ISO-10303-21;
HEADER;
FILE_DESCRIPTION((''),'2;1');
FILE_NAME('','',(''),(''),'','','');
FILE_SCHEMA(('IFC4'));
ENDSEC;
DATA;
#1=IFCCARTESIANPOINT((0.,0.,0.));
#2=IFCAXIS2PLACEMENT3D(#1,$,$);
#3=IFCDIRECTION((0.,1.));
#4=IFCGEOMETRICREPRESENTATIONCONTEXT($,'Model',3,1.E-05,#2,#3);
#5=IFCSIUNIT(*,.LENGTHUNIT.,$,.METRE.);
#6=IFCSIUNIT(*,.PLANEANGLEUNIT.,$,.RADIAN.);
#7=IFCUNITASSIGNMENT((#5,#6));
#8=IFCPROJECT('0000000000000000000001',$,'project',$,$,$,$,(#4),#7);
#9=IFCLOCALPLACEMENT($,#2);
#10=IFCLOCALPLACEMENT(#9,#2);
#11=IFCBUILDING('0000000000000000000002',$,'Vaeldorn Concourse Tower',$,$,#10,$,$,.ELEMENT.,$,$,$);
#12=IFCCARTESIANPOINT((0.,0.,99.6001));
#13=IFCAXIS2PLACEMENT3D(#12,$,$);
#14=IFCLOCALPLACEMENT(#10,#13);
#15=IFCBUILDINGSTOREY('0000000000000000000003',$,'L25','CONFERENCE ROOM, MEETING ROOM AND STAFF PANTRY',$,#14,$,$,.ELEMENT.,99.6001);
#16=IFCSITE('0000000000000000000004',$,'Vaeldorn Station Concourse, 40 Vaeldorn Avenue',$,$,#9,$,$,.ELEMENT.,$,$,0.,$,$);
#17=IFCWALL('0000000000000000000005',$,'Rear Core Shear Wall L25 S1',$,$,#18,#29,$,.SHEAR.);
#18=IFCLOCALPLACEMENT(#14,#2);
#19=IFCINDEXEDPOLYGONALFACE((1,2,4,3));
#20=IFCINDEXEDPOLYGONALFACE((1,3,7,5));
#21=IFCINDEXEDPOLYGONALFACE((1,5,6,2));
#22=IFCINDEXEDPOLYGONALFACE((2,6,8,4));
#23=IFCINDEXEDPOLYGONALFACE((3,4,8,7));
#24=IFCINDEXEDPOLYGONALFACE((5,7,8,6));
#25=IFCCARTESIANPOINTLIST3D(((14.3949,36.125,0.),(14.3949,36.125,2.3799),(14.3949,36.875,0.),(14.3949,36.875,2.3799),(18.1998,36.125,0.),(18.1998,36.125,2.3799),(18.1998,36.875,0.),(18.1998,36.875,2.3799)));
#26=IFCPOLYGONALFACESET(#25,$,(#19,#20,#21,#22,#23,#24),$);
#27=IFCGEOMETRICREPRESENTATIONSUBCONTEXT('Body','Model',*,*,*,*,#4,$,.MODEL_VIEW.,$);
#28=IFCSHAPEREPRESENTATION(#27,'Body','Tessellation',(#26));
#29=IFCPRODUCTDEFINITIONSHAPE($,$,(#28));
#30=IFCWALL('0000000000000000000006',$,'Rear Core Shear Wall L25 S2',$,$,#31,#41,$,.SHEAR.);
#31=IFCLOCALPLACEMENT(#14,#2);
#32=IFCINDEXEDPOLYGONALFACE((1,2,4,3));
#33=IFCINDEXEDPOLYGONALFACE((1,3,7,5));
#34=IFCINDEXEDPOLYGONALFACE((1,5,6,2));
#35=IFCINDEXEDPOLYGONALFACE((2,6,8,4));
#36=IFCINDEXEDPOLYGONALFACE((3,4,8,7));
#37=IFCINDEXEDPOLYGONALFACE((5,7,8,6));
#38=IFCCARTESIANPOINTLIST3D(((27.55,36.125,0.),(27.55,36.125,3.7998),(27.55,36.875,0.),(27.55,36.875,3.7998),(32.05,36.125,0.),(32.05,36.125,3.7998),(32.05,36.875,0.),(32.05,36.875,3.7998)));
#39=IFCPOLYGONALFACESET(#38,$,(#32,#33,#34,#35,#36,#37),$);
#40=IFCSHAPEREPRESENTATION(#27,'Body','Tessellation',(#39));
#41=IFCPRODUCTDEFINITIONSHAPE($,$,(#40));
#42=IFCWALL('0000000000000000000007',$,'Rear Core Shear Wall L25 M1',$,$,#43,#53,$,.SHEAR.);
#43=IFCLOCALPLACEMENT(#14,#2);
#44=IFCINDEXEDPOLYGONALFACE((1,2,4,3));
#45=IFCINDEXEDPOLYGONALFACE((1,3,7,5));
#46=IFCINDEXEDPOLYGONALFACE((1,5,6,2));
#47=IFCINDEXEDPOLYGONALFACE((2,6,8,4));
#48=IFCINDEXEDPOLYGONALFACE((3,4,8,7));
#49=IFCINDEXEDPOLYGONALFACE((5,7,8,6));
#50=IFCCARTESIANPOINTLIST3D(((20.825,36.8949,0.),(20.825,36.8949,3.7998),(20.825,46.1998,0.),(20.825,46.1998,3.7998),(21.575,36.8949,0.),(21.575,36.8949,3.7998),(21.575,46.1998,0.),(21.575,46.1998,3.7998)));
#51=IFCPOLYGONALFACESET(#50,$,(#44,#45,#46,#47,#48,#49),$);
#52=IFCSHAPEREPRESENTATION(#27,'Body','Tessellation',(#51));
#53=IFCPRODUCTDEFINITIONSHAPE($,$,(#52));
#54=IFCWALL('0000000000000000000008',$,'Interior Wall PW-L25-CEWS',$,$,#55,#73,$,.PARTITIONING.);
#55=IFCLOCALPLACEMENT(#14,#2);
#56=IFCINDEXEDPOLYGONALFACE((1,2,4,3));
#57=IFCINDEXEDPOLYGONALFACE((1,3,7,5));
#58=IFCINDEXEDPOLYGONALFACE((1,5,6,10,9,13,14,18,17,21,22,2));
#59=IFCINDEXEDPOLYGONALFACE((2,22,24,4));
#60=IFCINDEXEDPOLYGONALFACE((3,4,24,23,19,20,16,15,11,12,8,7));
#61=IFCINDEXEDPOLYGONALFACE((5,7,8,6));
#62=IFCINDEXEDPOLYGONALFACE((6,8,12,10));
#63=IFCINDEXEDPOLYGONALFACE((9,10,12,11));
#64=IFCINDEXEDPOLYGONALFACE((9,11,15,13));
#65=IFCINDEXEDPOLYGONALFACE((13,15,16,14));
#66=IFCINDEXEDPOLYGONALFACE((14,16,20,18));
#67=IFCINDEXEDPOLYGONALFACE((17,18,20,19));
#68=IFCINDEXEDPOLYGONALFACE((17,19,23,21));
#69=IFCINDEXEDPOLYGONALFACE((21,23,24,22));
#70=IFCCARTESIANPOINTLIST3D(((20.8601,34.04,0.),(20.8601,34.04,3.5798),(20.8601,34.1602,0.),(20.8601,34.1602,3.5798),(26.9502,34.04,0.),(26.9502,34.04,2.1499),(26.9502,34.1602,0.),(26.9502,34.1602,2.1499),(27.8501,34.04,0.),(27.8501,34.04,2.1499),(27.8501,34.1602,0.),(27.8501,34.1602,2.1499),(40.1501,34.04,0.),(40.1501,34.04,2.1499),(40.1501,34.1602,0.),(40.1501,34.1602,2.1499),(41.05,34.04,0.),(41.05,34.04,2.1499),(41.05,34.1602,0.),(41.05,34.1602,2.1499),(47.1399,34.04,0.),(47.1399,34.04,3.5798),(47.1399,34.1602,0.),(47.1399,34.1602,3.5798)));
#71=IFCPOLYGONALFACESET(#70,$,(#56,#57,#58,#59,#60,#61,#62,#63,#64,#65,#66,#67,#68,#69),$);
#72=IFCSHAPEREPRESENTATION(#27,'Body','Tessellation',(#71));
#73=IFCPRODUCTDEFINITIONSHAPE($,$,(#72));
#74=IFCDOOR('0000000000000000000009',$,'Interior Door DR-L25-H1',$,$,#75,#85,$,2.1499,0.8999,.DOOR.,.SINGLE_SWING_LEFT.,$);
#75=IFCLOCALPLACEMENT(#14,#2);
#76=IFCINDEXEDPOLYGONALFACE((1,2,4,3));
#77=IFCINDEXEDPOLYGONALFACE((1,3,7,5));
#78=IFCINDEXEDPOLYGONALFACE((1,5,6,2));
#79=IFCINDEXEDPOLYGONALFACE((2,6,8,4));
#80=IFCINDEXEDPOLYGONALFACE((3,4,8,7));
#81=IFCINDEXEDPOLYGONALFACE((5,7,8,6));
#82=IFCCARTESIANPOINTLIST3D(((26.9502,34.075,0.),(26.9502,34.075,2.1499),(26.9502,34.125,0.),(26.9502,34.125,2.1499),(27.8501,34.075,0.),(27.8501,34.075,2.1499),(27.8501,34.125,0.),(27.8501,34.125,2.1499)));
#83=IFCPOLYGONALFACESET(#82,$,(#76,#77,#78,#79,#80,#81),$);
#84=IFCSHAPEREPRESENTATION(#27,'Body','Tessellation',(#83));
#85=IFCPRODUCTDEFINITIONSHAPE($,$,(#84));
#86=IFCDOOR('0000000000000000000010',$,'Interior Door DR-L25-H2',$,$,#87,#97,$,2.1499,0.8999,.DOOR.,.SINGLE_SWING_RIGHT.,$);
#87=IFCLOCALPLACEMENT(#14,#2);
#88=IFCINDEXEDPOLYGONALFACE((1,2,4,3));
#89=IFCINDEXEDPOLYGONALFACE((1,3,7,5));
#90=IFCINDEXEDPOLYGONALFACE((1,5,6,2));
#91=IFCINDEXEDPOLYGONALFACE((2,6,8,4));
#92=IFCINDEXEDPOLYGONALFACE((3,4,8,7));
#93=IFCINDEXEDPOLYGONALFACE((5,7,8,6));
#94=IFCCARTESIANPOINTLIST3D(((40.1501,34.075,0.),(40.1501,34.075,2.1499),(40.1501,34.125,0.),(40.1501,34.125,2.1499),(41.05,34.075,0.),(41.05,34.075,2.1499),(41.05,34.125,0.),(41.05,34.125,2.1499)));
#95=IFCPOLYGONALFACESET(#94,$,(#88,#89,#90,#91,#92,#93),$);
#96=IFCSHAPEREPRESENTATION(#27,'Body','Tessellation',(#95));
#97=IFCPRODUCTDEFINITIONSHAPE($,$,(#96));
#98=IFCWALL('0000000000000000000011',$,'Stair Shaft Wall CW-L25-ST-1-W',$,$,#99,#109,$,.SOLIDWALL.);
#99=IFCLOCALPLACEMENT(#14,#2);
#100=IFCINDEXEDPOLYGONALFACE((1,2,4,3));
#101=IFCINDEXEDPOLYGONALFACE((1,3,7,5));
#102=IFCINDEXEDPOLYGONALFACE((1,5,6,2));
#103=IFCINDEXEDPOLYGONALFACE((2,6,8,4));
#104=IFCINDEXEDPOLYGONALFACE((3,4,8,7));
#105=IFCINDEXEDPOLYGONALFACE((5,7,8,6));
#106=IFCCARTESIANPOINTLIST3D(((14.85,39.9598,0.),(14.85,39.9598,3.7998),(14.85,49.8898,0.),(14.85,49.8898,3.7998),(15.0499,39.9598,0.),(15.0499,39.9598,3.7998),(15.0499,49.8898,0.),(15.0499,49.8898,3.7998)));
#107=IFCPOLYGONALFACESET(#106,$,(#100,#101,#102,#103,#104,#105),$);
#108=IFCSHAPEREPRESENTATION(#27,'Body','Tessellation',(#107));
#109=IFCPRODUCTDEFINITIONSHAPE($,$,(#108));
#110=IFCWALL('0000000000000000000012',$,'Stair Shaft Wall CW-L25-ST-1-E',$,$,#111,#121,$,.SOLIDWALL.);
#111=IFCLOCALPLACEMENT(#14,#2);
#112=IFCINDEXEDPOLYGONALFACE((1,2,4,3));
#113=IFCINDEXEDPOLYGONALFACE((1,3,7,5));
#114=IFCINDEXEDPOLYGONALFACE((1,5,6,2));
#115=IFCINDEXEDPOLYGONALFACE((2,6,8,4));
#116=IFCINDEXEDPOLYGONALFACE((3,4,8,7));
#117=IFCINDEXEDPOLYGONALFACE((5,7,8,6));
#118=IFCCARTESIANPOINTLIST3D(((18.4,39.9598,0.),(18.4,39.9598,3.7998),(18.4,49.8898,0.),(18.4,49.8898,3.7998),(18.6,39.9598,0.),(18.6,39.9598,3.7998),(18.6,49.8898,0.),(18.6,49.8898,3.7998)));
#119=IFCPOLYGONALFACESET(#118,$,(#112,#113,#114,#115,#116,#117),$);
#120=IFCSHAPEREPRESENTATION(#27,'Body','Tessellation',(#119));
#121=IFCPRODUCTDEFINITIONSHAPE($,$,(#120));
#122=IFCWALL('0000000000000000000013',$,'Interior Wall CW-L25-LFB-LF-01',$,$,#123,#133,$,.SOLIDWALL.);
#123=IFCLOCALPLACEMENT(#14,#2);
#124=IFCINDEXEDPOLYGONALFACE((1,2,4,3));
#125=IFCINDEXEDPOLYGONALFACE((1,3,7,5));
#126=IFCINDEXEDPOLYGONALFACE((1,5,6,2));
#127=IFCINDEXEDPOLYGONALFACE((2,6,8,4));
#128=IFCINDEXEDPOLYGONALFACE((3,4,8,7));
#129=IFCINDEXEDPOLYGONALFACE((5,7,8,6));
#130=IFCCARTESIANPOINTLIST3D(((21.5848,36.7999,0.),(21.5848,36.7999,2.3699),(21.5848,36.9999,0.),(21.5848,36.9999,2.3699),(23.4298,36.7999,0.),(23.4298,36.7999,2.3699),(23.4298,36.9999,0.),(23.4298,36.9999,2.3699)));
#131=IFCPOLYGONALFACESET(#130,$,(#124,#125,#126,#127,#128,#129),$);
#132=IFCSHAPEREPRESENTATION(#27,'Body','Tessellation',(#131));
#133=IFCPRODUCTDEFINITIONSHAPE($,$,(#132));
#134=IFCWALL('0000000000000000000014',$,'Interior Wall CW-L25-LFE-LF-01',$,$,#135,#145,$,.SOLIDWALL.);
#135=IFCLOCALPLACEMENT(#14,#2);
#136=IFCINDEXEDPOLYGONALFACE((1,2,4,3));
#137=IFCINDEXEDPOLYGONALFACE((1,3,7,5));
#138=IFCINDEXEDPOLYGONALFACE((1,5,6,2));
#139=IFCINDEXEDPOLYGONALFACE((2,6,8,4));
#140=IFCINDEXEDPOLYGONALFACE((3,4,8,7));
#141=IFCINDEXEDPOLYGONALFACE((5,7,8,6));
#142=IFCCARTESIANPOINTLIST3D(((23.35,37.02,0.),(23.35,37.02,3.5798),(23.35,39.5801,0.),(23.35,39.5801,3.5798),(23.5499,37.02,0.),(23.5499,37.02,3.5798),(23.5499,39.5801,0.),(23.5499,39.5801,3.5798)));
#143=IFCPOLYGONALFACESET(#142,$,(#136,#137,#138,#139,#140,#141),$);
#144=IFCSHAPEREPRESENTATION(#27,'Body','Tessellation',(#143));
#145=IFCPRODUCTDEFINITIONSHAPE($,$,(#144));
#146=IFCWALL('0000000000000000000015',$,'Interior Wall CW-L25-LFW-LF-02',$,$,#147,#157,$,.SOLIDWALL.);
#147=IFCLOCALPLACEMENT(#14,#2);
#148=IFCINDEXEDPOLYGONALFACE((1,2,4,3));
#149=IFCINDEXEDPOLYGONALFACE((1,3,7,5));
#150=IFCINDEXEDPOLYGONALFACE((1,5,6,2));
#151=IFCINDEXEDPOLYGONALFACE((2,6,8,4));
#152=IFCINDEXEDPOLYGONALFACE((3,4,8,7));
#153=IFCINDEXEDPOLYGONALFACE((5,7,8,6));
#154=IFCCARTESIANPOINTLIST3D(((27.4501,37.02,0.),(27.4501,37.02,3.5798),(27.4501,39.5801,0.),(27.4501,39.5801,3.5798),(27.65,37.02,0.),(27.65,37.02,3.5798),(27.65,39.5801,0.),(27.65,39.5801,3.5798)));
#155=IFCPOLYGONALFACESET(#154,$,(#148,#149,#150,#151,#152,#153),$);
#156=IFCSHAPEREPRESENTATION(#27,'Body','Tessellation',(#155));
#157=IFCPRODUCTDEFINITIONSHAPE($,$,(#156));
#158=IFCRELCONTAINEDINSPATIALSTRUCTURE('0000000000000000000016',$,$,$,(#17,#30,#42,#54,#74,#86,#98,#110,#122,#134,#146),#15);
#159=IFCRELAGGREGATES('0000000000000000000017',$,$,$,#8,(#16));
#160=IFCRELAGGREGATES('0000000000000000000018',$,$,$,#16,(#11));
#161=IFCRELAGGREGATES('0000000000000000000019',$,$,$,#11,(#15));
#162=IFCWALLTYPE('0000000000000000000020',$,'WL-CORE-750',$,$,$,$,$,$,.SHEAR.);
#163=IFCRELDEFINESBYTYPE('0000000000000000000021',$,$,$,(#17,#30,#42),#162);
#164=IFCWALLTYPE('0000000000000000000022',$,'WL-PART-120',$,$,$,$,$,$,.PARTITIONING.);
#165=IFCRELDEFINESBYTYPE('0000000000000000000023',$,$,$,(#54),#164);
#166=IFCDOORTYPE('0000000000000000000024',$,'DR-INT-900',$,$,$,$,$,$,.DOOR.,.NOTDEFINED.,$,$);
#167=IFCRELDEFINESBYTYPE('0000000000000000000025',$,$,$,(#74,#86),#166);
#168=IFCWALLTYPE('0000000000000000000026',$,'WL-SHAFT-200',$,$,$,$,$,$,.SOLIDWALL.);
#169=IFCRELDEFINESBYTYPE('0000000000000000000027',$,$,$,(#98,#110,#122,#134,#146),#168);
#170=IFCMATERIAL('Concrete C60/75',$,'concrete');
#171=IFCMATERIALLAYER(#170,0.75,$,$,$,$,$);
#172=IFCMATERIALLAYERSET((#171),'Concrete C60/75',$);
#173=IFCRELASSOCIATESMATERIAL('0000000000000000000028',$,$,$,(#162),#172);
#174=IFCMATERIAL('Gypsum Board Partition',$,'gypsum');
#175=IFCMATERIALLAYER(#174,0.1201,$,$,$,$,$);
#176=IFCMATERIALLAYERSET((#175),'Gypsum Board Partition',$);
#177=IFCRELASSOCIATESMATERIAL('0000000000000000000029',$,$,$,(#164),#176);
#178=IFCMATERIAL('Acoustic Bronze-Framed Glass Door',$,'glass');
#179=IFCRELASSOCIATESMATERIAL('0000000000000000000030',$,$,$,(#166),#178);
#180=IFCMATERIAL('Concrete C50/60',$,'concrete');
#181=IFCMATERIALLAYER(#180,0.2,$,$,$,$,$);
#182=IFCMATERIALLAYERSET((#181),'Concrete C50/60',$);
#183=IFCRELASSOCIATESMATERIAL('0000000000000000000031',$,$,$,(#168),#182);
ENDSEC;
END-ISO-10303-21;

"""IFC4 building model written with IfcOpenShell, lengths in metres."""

from ifc_helpers import new_model, si_unit, direction, frame, frame_2d, origin, place, context, subcontext, project, spatial, rectangle, extrude, source, transform, mapped, material, layer, layer_set, type_object, element, fill, save


model = new_model("IFC4")

# Units and contexts
model_context = context("Model", 3, precision=1e-05, world=origin(), true_north=direction((0.0, 1.0)))
body_context = subcontext(model_context, "Body", "Model", "MODEL_VIEW")
ifc_project = project(units=[si_unit("LENGTHUNIT", "METRE"), si_unit("PLANEANGLEUNIT", "RADIAN")], contexts=[model_context])

# Site, building, storey
site_placement = place(None, origin())
site = spatial("IfcSite", under=ifc_project, at=site_placement, Name="Vaeldorn Station Concourse, 40 Vaeldorn Avenue", CompositionType="ELEMENT", RefElevation=0.0)
building_placement = place(site_placement, origin())
building = spatial("IfcBuilding", under=site, at=building_placement, Name="Vaeldorn Concourse Tower", CompositionType="ELEMENT")
storey_placement = place(building_placement, frame((0.0, 0.0, 99.6001)))
storey = spatial("IfcBuildingStorey", under=building, at=storey_placement, Name="L25", Description="CONFERENCE ROOM, MEETING ROOM AND STAFF PANTRY", CompositionType="ELEMENT", Elevation=99.6001)

# Walls
ifc_material_1 = material(Name="Concrete C60/75", Category="concrete")
ifc_layer_1 = layer(ifc_material_1, 0.75)
ifc_layer_set_1 = layer_set([ifc_layer_1], Name="Concrete C60/75")
wall_type_1 = type_object("IfcWallType", Name="WL-CORE-750", PredefinedType="SHEAR", material=ifc_layer_set_1)
wall_1_placement = place(storey_placement, frame((14.395, 36.5, 0.0), z_axis=(0.0, 0.0, 1.0), x_axis=(1.0, 0.0, 0.0)))
element("IfcWall", 1, at=wall_1_placement, inside=storey, type_object=wall_type_1, Name="Rear Core Shear Wall L25 S1", PredefinedType="SHEAR", context=body_context, shape_type="SweptSolid", body=[
    extrude(rectangle(XDim=3.8049, YDim=0.75, at=frame_2d((1.9023, 0.0))), origin(), (0.0, 0.0, 1.0), 2.3799),
])
wall_2_placement = place(storey_placement, frame((27.55, 36.5, 0.0), z_axis=(0.0, 0.0, 1.0), x_axis=(1.0, 0.0, 0.0)))
element("IfcWall", 2, at=wall_2_placement, inside=storey, type_object=wall_type_1, Name="Rear Core Shear Wall L25 S2", PredefinedType="SHEAR", context=body_context, shape_type="SweptSolid", body=[
    extrude(rectangle(XDim=4.5, YDim=0.75, at=frame_2d((2.25, 0.0))), origin(), (0.0, 0.0, 1.0), 3.7998),
])
wall_3_placement = place(storey_placement, frame((21.2, 36.895, 0.0), z_axis=(0.0, 0.0, 1.0), x_axis=(0.0, 1.0, 0.0)))
element("IfcWall", 3, at=wall_3_placement, inside=storey, type_object=wall_type_1, Name="Rear Core Shear Wall L25 M1", PredefinedType="SHEAR", context=body_context, shape_type="SweptSolid", body=[
    extrude(rectangle(XDim=9.3049, YDim=0.75, at=frame_2d((4.6523, 0.0))), origin(), (0.0, 0.0, 1.0), 3.7998),
])

# Wall, openings, doors
ifc_material_2 = material(Name="Gypsum Board Partition", Category="gypsum")
ifc_layer_2 = layer(ifc_material_2, 0.1201)
ifc_layer_set_2 = layer_set([ifc_layer_2], Name="Gypsum Board Partition")
wall_type_2 = type_object("IfcWallType", Name="WL-PART-120", PredefinedType="PARTITIONING", material=ifc_layer_set_2)
wall_4_placement = place(storey_placement, frame((20.8601, 34.1001, 0.0), z_axis=(0.0, 0.0, 1.0), x_axis=(1.0, 0.0, 0.0)))
wall_4 = element("IfcWall", 4, at=wall_4_placement, inside=storey, type_object=wall_type_2, Name="Interior Wall PW-L25-CEWS", PredefinedType="PARTITIONING", context=body_context, shape_type="SweptSolid", body=[
    extrude(rectangle(XDim=26.2798, YDim=0.1201, at=frame_2d((13.1399, 0.0))), origin(), (0.0, 0.0, 1.0), 3.5798),
])
opening_1_placement = place(wall_4_placement, frame((6.0901, 0.0, 0.0)))
opening_1 = element("IfcOpeningElement", 5, at=opening_1_placement, cuts=wall_4, PredefinedType="OPENING", context=body_context, shape_type="SweptSolid", body=[
    extrude(rectangle(XDim=0.8999, YDim=2.1499, at=frame_2d((0.45, 1.075))), frame((0.0, 0.0701, 0.0), z_axis=(0.0, -1.0, 0.0), x_axis=(1.0, 0.0, 0.0)), (0.0, 0.0, 1.0), 0.1401),
])
opening_2_placement = place(wall_4_placement, frame((19.29, 0.0, 0.0)))
opening_2 = element("IfcOpeningElement", 6, at=opening_2_placement, cuts=wall_4, PredefinedType="OPENING", context=body_context, shape_type="SweptSolid", body=[
    extrude(rectangle(XDim=0.8999, YDim=2.1499, at=frame_2d((0.45, 1.075))), frame((0.0, 0.0701, 0.0), z_axis=(0.0, -1.0, 0.0), x_axis=(1.0, 0.0, 0.0)), (0.0, 0.0, 1.0), 0.1401),
])
ifc_material_3 = material(Name="Acoustic Bronze-Framed Glass Door", Category="glass")
door_type_1 = type_object("IfcDoorType", Name="DR-INT-900", OperationType="NOTDEFINED", PredefinedType="DOOR", material=ifc_material_3)
shared_shape_1 = source(origin(), body_context, "Body", "SweptSolid", [
    extrude(rectangle(XDim=0.8999, YDim=2.1499, at=frame_2d((0.45, 1.075))), frame((0.0, 0.0249, 0.0), z_axis=(0.0, -1.0, 0.0), x_axis=(1.0, 0.0, 0.0)), (0.0, 0.0, 1.0), 0.05),
])
door_1_placement = place(opening_1_placement, origin())
door_1 = element("IfcDoor", 7, at=door_1_placement, inside=storey, type_object=door_type_1, Name="Interior Door DR-L25-H1", OperationType="SINGLE_SWING_LEFT", OverallHeight=2.1499, OverallWidth=0.8999, PredefinedType="DOOR", context=body_context, shape_type="MappedRepresentation", body=[
    mapped(shared_shape_1, transform((0.0, 0.0, 0.0), scale=1.0)),
])
fill(opening_1, door_1)
door_2_placement = place(opening_2_placement, origin())
door_2 = element("IfcDoor", 8, at=door_2_placement, inside=storey, type_object=door_type_1, Name="Interior Door DR-L25-H2", OperationType="SINGLE_SWING_RIGHT", OverallHeight=2.1499, OverallWidth=0.8999, PredefinedType="DOOR", context=body_context, shape_type="MappedRepresentation", body=[
    mapped(shared_shape_1, transform((0.0, 0.0, 0.0), scale=1.0)),
])
fill(opening_2, door_2)

# Walls
ifc_material_4 = material(Name="Concrete C50/60", Category="concrete")
ifc_layer_3 = layer(ifc_material_4, 0.2)
ifc_layer_set_3 = layer_set([ifc_layer_3], Name="Concrete C50/60")
wall_type_3 = type_object("IfcWallType", Name="WL-SHAFT-200", PredefinedType="SOLIDWALL", material=ifc_layer_set_3)
for number, where, z_axis, x_axis, name in (
    (9, (14.95, 39.96, 0.0), (0.0, 0.0, 1.0), (0.0, 1.0, 0.0), "Stair Shaft Wall CW-L25-ST-1-W"),
    (10, (18.5, 39.96, 0.0), (0.0, 0.0, 1.0), (0.0, 1.0, 0.0), "Stair Shaft Wall CW-L25-ST-1-E"),
):
    element("IfcWall", number, at=place(storey_placement, frame(where, z_axis=z_axis, x_axis=x_axis)), inside=storey, type_object=wall_type_3, Name=name, PredefinedType="SOLIDWALL", context=body_context, shape_type="SweptSolid", body=[
        extrude(rectangle(XDim=9.9299, YDim=0.2, at=frame_2d((4.9648, 0.0))), origin(), (0.0, 0.0, 1.0), 3.7998),
    ])

# Walls
wall_5_placement = place(storey_placement, frame((21.585, 36.8999, 0.0), z_axis=(0.0, 0.0, 1.0), x_axis=(1.0, 0.0, 0.0)))
element("IfcWall", 11, at=wall_5_placement, inside=storey, type_object=wall_type_3, Name="Interior Wall CW-L25-LFB-LF-01", PredefinedType="SOLIDWALL", context=body_context, shape_type="SweptSolid", body=[
    extrude(rectangle(XDim=1.845, YDim=0.2, at=frame_2d((0.9224, 0.0))), origin(), (0.0, 0.0, 1.0), 2.3699),
])
wall_6_placement = place(storey_placement, frame((23.45, 37.02, 0.0), z_axis=(0.0, 0.0, 1.0), x_axis=(0.0, 1.0, 0.0)))
element("IfcWall", 12, at=wall_6_placement, inside=storey, type_object=wall_type_3, Name="Interior Wall CW-L25-LFE-LF-01", PredefinedType="SOLIDWALL", context=body_context, shape_type="SweptSolid", body=[
    extrude(rectangle(XDim=2.5601, YDim=0.2, at=frame_2d((1.28, 0.0))), origin(), (0.0, 0.0, 1.0), 3.5798),
])

# Wall
wall_7_placement = place(storey_placement, frame((27.55, 37.02, 0.0), z_axis=(0.0, 0.0, 1.0), x_axis=(0.0, 1.0, 0.0)))
element("IfcWall", 13, at=wall_7_placement, inside=storey, type_object=wall_type_3, Name="Interior Wall CW-L25-LFW-LF-02", PredefinedType="SOLIDWALL", context=body_context, shape_type="SweptSolid", body=[
    extrude(rectangle(XDim=2.5601, YDim=0.2, at=frame_2d((1.28, 0.0))), origin(), (0.0, 0.0, 1.0), 3.5798),
])

save(model, "model.ifc")
